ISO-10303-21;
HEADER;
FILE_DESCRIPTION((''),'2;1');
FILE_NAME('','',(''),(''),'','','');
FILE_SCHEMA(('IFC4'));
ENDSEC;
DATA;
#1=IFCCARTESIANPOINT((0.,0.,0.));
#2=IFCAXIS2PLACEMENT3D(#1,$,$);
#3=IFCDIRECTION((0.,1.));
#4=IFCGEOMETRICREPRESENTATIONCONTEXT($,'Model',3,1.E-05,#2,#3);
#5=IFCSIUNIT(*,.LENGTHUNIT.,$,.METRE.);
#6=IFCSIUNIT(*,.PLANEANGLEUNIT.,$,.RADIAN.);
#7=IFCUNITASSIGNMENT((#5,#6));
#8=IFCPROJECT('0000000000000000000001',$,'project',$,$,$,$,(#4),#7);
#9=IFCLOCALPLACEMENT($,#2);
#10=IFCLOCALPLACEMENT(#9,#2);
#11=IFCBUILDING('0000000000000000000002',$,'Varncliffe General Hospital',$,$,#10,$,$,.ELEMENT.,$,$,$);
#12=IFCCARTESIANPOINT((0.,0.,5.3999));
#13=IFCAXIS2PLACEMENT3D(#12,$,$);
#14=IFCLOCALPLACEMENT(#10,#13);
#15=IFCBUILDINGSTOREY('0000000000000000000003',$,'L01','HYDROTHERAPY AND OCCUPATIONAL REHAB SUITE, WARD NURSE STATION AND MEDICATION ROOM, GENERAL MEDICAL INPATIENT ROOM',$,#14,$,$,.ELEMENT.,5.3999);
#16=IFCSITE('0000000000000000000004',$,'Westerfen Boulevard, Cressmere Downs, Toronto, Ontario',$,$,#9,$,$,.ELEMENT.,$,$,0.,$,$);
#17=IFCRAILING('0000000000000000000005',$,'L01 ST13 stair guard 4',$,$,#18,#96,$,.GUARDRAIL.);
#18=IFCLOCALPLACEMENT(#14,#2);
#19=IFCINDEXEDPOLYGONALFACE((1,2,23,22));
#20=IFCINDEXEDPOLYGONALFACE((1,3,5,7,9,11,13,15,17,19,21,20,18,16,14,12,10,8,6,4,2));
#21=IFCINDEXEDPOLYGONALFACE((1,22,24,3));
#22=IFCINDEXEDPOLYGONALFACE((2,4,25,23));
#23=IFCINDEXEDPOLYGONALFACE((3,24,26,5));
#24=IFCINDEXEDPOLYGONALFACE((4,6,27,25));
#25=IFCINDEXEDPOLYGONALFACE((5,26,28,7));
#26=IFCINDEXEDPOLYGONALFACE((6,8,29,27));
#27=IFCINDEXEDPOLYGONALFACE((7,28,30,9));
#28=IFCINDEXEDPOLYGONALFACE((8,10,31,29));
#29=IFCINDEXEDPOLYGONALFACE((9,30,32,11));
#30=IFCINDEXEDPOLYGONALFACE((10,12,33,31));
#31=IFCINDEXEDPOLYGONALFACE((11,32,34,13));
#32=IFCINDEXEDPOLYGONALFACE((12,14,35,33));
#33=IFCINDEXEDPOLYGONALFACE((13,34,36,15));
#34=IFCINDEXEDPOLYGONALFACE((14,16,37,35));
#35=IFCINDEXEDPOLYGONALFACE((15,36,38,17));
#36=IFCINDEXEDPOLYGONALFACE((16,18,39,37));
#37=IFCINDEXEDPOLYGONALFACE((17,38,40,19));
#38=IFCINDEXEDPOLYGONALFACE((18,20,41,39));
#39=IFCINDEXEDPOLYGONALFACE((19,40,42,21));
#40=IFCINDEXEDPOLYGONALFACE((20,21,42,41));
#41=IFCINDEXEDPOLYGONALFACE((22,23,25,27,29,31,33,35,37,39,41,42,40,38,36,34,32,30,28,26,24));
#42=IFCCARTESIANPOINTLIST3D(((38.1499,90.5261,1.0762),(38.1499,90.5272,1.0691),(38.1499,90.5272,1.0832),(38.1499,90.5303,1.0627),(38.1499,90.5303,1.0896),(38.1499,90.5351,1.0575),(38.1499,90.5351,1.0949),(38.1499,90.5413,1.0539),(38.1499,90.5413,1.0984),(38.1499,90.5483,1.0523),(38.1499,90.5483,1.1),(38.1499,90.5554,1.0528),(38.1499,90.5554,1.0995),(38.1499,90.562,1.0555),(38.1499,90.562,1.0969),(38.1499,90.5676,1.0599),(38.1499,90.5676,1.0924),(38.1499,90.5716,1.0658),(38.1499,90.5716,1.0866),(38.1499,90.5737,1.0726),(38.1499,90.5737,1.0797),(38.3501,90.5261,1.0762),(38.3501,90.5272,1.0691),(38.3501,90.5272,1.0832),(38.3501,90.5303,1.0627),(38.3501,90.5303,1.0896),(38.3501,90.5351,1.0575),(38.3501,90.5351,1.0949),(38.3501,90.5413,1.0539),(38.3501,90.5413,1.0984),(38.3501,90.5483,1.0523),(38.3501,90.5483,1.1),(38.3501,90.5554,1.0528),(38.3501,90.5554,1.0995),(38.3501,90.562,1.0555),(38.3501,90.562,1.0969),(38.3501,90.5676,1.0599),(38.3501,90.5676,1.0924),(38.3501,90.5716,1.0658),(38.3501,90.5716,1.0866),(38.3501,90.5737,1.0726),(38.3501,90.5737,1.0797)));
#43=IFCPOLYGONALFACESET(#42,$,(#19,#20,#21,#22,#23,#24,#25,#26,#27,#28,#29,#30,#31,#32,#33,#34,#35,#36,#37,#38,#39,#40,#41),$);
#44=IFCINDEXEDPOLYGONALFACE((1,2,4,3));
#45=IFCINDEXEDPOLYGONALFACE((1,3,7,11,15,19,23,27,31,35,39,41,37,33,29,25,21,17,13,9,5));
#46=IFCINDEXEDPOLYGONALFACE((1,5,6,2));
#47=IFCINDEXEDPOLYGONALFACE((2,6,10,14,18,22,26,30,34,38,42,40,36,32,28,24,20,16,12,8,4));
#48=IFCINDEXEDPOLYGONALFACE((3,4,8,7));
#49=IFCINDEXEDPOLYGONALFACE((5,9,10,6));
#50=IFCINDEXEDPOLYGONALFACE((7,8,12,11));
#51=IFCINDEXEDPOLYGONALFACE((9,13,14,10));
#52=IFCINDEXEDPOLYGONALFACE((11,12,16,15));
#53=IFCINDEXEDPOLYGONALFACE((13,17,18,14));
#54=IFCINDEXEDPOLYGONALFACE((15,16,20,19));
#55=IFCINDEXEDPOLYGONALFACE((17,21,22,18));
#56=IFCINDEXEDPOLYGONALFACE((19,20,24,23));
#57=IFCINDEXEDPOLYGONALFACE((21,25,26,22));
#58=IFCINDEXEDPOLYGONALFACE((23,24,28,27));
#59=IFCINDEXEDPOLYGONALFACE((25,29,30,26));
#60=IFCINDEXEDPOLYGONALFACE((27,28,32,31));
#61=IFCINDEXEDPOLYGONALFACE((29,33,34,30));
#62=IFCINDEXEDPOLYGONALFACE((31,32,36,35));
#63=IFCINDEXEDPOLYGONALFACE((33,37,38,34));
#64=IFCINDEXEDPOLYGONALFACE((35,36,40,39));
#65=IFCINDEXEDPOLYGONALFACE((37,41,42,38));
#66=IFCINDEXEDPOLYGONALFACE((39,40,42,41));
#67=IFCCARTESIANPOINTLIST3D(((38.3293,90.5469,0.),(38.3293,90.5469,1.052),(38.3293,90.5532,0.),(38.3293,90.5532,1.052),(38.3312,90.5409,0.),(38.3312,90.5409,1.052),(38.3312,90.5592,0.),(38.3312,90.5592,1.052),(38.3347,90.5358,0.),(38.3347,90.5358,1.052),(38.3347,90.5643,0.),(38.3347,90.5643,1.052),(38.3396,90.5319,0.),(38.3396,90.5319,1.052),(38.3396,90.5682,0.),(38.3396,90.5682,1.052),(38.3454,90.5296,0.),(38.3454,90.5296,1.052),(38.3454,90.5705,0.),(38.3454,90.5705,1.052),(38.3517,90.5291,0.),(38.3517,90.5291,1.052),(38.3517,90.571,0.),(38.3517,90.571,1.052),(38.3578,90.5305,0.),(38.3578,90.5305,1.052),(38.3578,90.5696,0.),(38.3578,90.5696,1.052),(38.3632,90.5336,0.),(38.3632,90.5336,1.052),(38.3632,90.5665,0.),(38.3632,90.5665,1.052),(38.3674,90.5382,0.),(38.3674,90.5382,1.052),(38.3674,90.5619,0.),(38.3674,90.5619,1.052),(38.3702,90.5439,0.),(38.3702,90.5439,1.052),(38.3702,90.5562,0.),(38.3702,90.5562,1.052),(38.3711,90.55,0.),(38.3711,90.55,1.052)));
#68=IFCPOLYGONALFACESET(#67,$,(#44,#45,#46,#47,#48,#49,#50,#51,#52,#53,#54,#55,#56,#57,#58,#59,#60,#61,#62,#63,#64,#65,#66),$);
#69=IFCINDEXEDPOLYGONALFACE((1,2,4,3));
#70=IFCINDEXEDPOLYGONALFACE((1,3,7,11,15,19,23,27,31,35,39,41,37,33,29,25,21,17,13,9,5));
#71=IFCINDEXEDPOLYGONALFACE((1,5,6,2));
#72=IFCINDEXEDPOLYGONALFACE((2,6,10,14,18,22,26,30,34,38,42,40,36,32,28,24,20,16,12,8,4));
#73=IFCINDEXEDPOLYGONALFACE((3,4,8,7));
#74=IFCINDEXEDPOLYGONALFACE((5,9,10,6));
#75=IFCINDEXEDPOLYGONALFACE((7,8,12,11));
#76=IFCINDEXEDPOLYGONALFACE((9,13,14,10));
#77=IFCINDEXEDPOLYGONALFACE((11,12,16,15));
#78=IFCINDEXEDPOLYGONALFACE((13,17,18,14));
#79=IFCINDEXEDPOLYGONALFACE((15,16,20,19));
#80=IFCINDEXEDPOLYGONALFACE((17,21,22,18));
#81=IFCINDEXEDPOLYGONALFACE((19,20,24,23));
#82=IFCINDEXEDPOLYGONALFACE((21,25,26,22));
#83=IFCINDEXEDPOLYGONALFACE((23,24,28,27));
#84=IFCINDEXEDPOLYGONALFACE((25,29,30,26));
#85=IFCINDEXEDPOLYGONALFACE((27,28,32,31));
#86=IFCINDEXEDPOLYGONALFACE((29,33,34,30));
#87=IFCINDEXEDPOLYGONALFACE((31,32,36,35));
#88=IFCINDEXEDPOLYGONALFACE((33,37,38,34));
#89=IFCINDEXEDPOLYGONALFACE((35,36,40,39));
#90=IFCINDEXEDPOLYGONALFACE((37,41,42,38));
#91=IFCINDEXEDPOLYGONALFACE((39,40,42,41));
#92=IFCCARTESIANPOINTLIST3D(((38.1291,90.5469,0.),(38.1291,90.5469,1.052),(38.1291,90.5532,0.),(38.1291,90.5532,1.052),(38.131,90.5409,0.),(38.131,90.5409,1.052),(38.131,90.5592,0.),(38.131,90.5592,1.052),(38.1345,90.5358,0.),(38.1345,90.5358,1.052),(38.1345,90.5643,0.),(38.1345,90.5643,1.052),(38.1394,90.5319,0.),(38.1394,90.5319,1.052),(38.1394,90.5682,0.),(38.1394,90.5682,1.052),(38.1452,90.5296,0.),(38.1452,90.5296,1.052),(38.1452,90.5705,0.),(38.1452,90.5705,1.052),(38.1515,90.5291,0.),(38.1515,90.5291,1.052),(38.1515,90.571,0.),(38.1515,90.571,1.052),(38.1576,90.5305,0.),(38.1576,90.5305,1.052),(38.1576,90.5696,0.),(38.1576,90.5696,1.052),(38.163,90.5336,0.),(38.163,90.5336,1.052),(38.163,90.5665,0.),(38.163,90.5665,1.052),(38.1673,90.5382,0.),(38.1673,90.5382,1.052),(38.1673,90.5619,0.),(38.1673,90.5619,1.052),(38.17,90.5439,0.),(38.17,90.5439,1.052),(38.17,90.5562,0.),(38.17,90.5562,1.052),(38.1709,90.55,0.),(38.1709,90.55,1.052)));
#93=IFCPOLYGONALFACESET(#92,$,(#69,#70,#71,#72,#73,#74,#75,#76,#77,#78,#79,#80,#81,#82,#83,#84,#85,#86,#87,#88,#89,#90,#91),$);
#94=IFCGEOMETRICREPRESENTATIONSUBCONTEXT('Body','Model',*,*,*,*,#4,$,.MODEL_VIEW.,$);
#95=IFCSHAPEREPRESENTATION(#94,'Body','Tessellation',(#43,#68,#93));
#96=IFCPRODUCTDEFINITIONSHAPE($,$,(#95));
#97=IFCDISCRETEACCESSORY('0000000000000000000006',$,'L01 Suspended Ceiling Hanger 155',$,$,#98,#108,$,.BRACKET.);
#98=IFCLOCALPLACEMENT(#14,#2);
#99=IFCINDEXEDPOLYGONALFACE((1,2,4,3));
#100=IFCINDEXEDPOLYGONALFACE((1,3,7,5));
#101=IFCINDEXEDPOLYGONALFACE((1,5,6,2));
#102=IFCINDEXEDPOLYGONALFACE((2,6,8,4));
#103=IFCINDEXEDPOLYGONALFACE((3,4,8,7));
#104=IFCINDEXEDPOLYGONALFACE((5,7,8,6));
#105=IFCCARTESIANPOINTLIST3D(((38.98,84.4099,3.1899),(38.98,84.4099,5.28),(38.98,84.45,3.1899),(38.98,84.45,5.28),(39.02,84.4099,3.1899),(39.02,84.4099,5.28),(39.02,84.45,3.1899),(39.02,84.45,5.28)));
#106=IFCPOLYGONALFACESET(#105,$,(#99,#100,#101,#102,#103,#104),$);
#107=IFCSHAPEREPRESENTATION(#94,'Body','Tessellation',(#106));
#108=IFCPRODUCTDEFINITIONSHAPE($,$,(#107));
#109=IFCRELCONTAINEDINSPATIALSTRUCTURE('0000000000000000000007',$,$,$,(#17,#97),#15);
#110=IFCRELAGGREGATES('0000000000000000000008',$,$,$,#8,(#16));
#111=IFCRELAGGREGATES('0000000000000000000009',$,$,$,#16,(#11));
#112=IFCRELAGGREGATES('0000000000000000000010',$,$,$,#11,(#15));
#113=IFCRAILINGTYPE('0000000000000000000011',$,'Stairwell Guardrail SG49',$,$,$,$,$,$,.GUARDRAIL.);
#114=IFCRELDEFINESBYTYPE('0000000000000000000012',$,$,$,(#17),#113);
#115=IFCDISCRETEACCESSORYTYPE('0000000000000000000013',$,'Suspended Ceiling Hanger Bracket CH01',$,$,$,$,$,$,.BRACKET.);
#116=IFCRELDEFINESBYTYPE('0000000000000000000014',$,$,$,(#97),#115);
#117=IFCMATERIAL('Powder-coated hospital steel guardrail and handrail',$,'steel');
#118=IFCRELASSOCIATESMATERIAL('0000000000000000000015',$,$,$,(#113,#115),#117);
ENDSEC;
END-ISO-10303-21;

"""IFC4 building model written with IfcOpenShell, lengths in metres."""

from ifc_helpers import new_model, si_unit, direction, frame, origin, origin_2d, place, context, subcontext, project, spatial, rectangle, circle, extrude, material, type_object, element, save


model = new_model("IFC4")

# Units and contexts
model_context = context("Model", 3, precision=1e-05, world=origin(), true_north=direction((0.0, 1.0)))
body_context = subcontext(model_context, "Body", "Model", "MODEL_VIEW")
ifc_project = project(units=[si_unit("LENGTHUNIT", "METRE"), si_unit("PLANEANGLEUNIT", "RADIAN")], contexts=[model_context])

# Site, building, storey
site_placement = place(None, origin())
site = spatial("IfcSite", under=ifc_project, at=site_placement, Name="Westerfen Boulevard, Cressmere Downs, Toronto, Ontario", CompositionType="ELEMENT", RefElevation=0.0)
building_placement = place(site_placement, origin())
building = spatial("IfcBuilding", under=site, at=building_placement, Name="Varncliffe General Hospital", CompositionType="ELEMENT")
storey_placement = place(building_placement, frame((0.0, 0.0, 5.3999)))
storey = spatial("IfcBuildingStorey", under=building, at=storey_placement, Name="L01", Description="HYDROTHERAPY AND OCCUPATIONAL REHAB SUITE, WARD NURSE STATION AND MEDICATION ROOM, GENERAL MEDICAL INPATIENT ROOM", CompositionType="ELEMENT", Elevation=5.3999)

# Railing
ifc_material_1 = material(Name="Powder-coated hospital steel guardrail and handrail", Category="steel")
railing_type_1 = type_object("IfcRailingType", Name="Stairwell Guardrail SG49", PredefinedType="GUARDRAIL", material=ifc_material_1)
railing_1_placement = place(storey_placement, frame((38.3501, 90.55, 0.0)))
element("IfcRailing", 1, at=railing_1_placement, inside=storey, type_object=railing_type_1, Name="L01 ST13 stair guard 4", PredefinedType="GUARDRAIL", context=body_context, shape_type="SweptSolid", body=[
    extrude(circle(Radius=0.0239, at=origin_2d()), frame((0.0, 0.0, 1.0762), z_axis=(-1.0, 0.0, 0.0), x_axis=(0.0, -1.0, 0.0)), (0.0, 0.0, 1.0), 0.2002),
    extrude(circle(Radius=0.021, at=origin_2d()), origin(), (0.0, 0.0, 1.0), 1.052),
    extrude(circle(Radius=0.021, at=origin_2d()), frame((-0.2002, 0.0, 0.0)), (0.0, 0.0, 1.0), 1.052),
])

# Discrete accessory
discrete_accessory_type = type_object("IfcDiscreteAccessoryType", Name="Suspended Ceiling Hanger Bracket CH01", PredefinedType="BRACKET", material=ifc_material_1)
discrete_accessory_placement = place(storey_placement, frame((39.0, 84.4299, 3.1899), z_axis=(0.0, 0.0, 1.0), x_axis=(1.0, 0.0, 0.0)))
element("IfcDiscreteAccessory", 2, at=discrete_accessory_placement, inside=storey, type_object=discrete_accessory_type, Name="L01 Suspended Ceiling Hanger 155", PredefinedType="BRACKET", context=body_context, shape_type="SweptSolid", body=[
    extrude(rectangle(XDim=0.04, YDim=0.04, at=origin_2d()), origin(), (0.0, 0.0, 1.0), 2.0901),
])

save(model, "model.ifc")
